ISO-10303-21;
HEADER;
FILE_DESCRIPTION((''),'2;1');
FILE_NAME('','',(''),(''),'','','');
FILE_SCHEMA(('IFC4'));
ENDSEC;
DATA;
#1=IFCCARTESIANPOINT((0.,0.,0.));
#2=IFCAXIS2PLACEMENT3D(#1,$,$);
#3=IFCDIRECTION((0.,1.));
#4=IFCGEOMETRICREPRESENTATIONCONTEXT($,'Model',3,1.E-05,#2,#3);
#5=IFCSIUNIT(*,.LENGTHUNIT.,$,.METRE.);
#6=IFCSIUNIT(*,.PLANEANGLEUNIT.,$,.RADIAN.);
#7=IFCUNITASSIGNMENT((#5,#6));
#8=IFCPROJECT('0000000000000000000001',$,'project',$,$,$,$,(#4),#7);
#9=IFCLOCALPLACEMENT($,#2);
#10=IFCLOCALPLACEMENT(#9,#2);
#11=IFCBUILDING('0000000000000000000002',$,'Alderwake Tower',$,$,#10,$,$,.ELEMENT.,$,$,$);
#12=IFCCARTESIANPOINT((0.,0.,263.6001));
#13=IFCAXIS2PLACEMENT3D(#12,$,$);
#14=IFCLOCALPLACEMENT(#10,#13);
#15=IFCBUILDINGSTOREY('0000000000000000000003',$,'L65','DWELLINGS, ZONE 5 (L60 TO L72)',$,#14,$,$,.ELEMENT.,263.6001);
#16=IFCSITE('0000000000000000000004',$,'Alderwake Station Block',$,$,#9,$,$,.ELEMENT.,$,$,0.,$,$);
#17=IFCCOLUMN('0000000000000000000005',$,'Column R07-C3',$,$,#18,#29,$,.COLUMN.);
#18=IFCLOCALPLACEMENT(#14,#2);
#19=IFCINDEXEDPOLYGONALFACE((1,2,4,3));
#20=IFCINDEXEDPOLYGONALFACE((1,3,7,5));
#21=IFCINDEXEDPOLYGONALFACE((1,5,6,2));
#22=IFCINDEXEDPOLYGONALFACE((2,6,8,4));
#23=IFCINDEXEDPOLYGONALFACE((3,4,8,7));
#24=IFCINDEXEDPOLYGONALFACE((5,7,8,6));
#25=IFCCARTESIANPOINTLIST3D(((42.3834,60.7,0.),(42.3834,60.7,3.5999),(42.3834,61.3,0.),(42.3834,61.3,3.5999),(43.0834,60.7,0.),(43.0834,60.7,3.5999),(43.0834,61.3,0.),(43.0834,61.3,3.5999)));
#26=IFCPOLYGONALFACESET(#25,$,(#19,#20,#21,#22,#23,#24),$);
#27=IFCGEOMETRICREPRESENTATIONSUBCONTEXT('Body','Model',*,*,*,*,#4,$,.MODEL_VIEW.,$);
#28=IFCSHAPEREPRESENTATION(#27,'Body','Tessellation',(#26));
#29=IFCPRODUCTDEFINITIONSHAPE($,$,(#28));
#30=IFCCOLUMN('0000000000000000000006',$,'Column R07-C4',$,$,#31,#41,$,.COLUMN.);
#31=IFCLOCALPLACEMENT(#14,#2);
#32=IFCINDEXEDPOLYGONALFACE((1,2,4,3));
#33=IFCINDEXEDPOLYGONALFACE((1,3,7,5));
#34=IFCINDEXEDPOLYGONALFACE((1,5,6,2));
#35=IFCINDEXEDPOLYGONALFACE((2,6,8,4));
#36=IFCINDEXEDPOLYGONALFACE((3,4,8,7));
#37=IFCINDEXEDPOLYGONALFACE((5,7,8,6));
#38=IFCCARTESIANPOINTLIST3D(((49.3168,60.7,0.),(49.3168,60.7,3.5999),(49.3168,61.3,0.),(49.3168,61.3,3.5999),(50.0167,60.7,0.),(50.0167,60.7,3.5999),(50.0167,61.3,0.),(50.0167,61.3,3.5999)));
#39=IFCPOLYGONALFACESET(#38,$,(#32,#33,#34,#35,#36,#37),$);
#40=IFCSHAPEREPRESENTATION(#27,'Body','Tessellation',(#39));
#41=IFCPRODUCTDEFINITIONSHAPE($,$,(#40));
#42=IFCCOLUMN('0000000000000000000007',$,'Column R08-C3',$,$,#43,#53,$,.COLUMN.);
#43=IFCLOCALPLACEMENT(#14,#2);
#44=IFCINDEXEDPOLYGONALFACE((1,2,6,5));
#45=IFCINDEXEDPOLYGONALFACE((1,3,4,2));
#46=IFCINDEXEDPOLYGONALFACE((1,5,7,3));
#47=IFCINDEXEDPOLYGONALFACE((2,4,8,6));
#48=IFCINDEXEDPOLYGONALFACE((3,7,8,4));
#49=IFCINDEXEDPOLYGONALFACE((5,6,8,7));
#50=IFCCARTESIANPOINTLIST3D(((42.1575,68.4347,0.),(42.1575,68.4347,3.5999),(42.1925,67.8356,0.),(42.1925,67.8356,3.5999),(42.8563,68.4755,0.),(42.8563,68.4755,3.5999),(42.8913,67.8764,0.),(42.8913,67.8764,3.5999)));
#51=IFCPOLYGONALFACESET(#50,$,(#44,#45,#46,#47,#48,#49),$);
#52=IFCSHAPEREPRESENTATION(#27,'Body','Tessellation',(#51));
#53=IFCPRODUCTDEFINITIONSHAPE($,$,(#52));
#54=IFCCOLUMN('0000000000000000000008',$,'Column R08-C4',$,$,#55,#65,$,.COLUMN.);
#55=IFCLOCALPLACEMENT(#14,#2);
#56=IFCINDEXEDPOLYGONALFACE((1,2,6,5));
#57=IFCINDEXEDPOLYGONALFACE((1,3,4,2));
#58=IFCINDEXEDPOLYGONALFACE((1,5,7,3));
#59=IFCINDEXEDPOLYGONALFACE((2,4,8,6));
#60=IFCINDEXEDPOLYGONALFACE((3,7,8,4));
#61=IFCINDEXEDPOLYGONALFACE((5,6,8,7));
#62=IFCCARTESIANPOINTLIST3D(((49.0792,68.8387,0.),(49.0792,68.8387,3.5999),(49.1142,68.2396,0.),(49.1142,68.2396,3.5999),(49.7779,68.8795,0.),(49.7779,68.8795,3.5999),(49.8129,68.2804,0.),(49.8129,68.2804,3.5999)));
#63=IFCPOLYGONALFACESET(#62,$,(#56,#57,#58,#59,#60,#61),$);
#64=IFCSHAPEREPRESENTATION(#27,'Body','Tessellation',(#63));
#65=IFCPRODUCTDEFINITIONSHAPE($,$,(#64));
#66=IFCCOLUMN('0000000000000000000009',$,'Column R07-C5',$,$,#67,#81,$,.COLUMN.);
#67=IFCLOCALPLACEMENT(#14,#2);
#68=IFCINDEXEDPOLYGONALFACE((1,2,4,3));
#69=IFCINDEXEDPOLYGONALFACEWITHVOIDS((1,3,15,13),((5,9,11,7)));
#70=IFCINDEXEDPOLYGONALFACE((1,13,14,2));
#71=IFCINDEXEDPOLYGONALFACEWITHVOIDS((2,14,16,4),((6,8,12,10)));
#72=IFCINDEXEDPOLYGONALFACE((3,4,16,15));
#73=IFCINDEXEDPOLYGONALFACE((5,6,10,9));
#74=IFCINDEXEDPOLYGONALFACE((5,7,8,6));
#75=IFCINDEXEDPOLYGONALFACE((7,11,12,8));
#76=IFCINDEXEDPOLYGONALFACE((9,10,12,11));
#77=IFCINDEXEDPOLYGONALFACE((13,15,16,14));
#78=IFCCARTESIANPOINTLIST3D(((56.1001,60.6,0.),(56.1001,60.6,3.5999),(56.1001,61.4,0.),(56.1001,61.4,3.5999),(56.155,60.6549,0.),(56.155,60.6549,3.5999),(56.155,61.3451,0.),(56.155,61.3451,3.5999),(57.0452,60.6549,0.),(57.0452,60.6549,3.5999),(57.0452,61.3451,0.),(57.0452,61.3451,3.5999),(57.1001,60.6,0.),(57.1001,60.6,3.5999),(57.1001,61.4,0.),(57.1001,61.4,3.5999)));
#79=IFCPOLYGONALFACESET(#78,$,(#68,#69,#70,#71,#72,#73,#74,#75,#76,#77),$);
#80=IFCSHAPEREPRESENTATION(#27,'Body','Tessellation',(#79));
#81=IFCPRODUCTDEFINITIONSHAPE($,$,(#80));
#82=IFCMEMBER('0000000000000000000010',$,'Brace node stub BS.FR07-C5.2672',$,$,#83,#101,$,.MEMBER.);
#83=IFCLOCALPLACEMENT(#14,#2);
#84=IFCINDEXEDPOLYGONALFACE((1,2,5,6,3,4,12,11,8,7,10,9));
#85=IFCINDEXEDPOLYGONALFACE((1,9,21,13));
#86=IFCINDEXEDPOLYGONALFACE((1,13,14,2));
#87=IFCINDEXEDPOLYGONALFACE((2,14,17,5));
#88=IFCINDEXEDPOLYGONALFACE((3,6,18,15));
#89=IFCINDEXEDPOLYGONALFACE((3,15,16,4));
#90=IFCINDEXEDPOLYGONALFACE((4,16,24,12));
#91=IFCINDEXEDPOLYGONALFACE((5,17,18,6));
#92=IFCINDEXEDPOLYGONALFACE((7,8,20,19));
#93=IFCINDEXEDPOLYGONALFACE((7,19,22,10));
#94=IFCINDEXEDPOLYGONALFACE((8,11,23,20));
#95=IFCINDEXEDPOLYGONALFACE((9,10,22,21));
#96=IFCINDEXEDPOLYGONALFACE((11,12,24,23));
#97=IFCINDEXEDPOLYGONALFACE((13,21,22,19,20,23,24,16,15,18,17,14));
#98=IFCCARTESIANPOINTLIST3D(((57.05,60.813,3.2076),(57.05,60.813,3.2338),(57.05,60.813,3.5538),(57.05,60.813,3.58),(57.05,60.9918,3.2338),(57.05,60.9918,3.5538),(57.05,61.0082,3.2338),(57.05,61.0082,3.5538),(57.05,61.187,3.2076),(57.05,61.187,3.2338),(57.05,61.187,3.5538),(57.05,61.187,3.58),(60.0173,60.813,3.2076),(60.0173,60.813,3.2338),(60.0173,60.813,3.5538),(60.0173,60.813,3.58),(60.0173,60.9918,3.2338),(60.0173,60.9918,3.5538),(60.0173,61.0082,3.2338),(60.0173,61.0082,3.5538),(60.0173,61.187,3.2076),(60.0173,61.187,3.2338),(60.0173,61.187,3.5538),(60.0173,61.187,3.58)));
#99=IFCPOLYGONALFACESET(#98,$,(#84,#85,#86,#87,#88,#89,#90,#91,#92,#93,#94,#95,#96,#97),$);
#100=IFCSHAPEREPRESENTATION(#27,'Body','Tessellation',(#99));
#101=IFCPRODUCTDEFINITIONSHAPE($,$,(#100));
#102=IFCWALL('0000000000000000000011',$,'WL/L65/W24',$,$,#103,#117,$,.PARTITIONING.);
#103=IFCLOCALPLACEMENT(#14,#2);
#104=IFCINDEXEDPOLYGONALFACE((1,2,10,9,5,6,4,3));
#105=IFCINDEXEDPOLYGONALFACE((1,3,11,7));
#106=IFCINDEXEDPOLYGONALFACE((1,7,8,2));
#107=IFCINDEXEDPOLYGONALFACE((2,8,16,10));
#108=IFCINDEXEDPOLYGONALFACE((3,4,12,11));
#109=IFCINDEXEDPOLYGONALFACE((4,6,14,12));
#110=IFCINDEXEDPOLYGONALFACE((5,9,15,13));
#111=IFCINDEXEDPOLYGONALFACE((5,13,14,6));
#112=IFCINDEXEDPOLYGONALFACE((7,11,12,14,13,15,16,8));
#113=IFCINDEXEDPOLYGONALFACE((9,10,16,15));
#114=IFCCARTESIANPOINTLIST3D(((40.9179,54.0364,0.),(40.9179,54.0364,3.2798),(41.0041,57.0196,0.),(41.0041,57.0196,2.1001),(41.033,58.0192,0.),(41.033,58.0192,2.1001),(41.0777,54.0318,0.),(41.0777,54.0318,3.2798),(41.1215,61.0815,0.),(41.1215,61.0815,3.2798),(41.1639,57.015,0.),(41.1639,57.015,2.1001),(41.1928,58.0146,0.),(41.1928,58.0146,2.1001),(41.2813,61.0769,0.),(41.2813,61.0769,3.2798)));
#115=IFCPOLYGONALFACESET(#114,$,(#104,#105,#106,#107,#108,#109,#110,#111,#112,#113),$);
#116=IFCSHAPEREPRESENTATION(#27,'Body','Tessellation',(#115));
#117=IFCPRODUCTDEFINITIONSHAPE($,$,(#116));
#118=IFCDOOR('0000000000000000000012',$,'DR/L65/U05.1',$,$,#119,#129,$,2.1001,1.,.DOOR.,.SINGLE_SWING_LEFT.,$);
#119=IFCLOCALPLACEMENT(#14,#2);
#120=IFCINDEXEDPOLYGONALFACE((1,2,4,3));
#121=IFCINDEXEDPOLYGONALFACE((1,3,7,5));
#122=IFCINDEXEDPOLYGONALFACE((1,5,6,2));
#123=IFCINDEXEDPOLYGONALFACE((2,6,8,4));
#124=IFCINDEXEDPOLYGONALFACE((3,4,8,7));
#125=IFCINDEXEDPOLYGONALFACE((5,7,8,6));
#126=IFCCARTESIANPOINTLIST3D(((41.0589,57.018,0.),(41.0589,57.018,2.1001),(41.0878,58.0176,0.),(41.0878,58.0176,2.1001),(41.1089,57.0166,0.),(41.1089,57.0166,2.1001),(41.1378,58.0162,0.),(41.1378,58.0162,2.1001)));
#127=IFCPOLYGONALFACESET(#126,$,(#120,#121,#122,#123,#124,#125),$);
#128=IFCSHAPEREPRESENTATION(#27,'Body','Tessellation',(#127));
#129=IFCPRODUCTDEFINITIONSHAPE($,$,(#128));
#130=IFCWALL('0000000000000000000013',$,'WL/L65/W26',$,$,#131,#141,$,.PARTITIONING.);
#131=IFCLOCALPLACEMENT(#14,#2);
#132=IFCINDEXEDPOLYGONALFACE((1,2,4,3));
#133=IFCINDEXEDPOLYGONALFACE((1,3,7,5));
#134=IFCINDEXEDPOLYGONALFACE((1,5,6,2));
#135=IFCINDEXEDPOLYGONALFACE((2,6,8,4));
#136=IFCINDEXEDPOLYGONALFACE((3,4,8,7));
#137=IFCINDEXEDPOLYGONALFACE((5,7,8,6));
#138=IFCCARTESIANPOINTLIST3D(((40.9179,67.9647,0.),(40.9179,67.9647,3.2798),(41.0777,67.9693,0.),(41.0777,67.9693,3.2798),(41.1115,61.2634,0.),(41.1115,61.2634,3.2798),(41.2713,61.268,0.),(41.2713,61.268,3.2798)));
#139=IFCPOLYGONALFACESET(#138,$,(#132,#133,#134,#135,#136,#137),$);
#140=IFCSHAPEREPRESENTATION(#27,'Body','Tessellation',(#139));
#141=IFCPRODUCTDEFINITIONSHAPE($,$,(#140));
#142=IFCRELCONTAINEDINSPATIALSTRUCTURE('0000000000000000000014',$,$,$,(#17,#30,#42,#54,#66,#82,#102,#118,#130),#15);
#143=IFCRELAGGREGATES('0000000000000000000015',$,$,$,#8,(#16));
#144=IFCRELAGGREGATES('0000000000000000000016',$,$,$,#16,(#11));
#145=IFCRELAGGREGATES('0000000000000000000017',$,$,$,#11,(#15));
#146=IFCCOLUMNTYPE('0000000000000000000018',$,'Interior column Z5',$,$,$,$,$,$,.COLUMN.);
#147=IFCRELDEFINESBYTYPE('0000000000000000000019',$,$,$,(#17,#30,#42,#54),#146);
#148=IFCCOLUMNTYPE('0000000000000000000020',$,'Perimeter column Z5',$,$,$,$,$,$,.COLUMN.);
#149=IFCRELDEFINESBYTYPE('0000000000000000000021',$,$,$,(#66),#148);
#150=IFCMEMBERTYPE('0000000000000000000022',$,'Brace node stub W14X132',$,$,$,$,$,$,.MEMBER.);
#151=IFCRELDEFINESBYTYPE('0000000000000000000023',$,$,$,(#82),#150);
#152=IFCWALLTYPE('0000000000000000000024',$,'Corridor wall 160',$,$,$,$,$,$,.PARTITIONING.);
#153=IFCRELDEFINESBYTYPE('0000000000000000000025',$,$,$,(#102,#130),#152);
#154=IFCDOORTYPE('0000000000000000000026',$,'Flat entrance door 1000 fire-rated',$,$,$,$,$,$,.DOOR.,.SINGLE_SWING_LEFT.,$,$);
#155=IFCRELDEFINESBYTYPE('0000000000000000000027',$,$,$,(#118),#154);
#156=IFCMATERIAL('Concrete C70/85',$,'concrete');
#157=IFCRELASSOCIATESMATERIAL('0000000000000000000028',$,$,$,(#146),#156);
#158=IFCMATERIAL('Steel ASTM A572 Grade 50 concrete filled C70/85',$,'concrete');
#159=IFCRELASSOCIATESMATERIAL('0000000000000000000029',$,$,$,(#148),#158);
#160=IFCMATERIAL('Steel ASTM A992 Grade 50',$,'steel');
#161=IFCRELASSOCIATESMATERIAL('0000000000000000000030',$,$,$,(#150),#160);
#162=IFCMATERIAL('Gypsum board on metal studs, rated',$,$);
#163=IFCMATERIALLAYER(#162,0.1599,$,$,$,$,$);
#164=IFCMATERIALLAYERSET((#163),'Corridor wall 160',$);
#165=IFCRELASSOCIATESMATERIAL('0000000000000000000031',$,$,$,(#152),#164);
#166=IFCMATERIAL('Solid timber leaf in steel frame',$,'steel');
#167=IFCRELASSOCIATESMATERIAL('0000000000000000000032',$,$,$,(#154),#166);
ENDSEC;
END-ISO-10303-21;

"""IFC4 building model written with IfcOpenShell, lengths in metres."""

from ifc_helpers import new_model, si_unit, direction, frame, frame_2d, origin, origin_2d, place, context, subcontext, project, spatial, rectangle, hollow_rectangle, i_section, extrude, material, layer, layer_set, material_profile, profile_set, type_object, element, fill, save


model = new_model("IFC4")

# Units and contexts
model_context = context("Model", 3, precision=1e-05, world=origin(), true_north=direction((0.0, 1.0)))
body_context = subcontext(model_context, "Body", "Model", "MODEL_VIEW")
ifc_project = project(units=[si_unit("LENGTHUNIT", "METRE"), si_unit("PLANEANGLEUNIT", "RADIAN")], contexts=[model_context])

# Site, building, storey
site_placement = place(None, origin())
site = spatial("IfcSite", under=ifc_project, at=site_placement, Name="Alderwake Station Block", CompositionType="ELEMENT", RefElevation=0.0)
building_placement = place(site_placement, origin())
building = spatial("IfcBuilding", under=site, at=building_placement, Name="Alderwake Tower", CompositionType="ELEMENT")
storey_placement = place(building_placement, frame((0.0, 0.0, 263.6001)))
storey = spatial("IfcBuildingStorey", under=building, at=storey_placement, Name="L65", Description="DWELLINGS, ZONE 5 (L60 TO L72)", CompositionType="ELEMENT", Elevation=263.6001)

# Columns
ifc_material_1 = material(Name="Concrete C70/85", Category="concrete")
ifc_material_profile_1 = material_profile(ifc_material_1, rectangle(XDim=0.6001, YDim=0.7, at=origin_2d()), Name="RC 700X600")
ifc_profile_set_1 = profile_set([ifc_material_profile_1], Name="Concrete C70/85")
column_type_1 = type_object("IfcColumnType", Name="Interior column Z5", PredefinedType="COLUMN", material=ifc_profile_set_1)
for number, where, z_axis, x_axis, name in (
    (1, (42.7334, 61.0, 0.0), (0.0, 0.0, 1.0), (0.0, 1.0, 0.0), "Column R07-C3"),
    (2, (49.6667, 61.0, 0.0), (0.0, 0.0, 1.0), (0.0, 1.0, 0.0), "Column R07-C4"),
    (3, (42.5244, 68.1555, 0.0), (0.0, 0.0, 1.0), (-0.058301, 0.998299, 0.0), "Column R08-C3"),
    (4, (49.446, 68.5596, 0.0), (0.0, 0.0, 1.0), (-0.058301, 0.998299, 0.0), "Column R08-C4"),
):
    element("IfcColumn", number, at=place(storey_placement, frame(where, z_axis=z_axis, x_axis=x_axis)), inside=storey, type_object=column_type_1, Name=name, PredefinedType="COLUMN", context=body_context, shape_type="SweptSolid", body=[
        extrude(rectangle(XDim=0.6001, YDim=0.7, at=origin_2d()), origin(), (0.0, 0.0, 1.0), 3.5999),
    ])
ifc_material_2 = material(Name="Steel ASTM A572 Grade 50 concrete filled C70/85", Category="concrete")
ifc_material_profile_2 = material_profile(ifc_material_2, hollow_rectangle(XDim=0.8, YDim=1.0, WallThickness=0.0549, at=origin_2d()), Name="BOX 1000X800X55")
ifc_profile_set_2 = profile_set([ifc_material_profile_2], Name="Steel ASTM A572 Grade 50 concrete filled C70/85")
column_type_2 = type_object("IfcColumnType", Name="Perimeter column Z5", PredefinedType="COLUMN", material=ifc_profile_set_2)
column_placement = place(storey_placement, frame((56.6001, 61.0, 0.0), z_axis=(0.0, 0.0, 1.0), x_axis=(0.0, 1.0, 0.0)))
element("IfcColumn", 5, at=column_placement, inside=storey, type_object=column_type_2, Name="Column R07-C5", PredefinedType="COLUMN", context=body_context, shape_type="SweptSolid", body=[
    extrude(hollow_rectangle(XDim=0.8, YDim=1.0, WallThickness=0.0549, at=origin_2d()), origin(), (0.0, 0.0, 1.0), 3.5999),
])

# Member
ifc_material_3 = material(Name="Steel ASTM A992 Grade 50", Category="steel")
ifc_material_profile_3 = material_profile(ifc_material_3, i_section(OverallWidth=0.374, OverallDepth=0.3723, WebThickness=0.0164, FlangeThickness=0.0261, at=origin_2d()), Name="W14X132")
ifc_profile_set_3 = profile_set([ifc_material_profile_3], Name="Steel ASTM A992 Grade 50")
member_type = type_object("IfcMemberType", Name="Brace node stub W14X132", PredefinedType="MEMBER", material=ifc_profile_set_3)
member_placement = place(storey_placement, frame((57.05, 61.0, 3.3938), z_axis=(1.0, 0.0, 0.0), x_axis=(0.0, 1.0, 0.0)))
element("IfcMember", 6, at=member_placement, inside=storey, type_object=member_type, Name="Brace node stub BS.FR07-C5.2672", PredefinedType="MEMBER", context=body_context, shape_type="SweptSolid", body=[
    extrude(i_section(OverallWidth=0.374, OverallDepth=0.3723, WebThickness=0.0164, FlangeThickness=0.0261, at=origin_2d()), origin(), (0.0, 0.0, 1.0), 2.9673),
])

# Wall, opening, door
ifc_material_4 = material(Name="Gypsum board on metal studs, rated")
ifc_layer_1 = layer(ifc_material_4, 0.1599)
ifc_layer_set_1 = layer_set([ifc_layer_1], Name="Corridor wall 160")
wall_type_1 = type_object("IfcWallType", Name="Corridor wall 160", PredefinedType="PARTITIONING", material=ifc_layer_set_1)
wall_1_placement = place(storey_placement, frame((41.2014, 61.0791, 0.0), z_axis=(0.0, 0.0, 1.0), x_axis=(-0.028889, -0.999583, 0.0)))
wall_1 = element("IfcWall", 7, at=wall_1_placement, inside=storey, type_object=wall_type_1, Name="WL/L65/W24", PredefinedType="PARTITIONING", context=body_context, shape_type="SweptSolid", body=[
    extrude(rectangle(XDim=7.0481, YDim=0.1599, at=frame_2d((3.5239, 0.0))), origin(), (0.0, 0.0, 1.0), 3.2798),
])
opening_1_placement = place(wall_1_placement, frame((3.0635, 0.0, 0.0)))
opening_1 = element("IfcOpeningElement", 8, at=opening_1_placement, cuts=wall_1, PredefinedType="OPENING", context=body_context, shape_type="SweptSolid", body=[
    extrude(rectangle(XDim=1.0, YDim=2.1001, at=frame_2d((0.5, 1.05))), frame((0.0, 0.0898, 0.0), z_axis=(0.0, -1.0, 0.0), x_axis=(1.0, 0.0, 0.0)), (0.0, 0.0, 1.0), 0.1799),
])
ifc_material_5 = material(Name="Solid timber leaf in steel frame", Category="steel")
door_type_1 = type_object("IfcDoorType", Name="Flat entrance door 1000 fire-rated", OperationType="SINGLE_SWING_LEFT", PredefinedType="DOOR", material=ifc_material_5)
door_1_placement = place(opening_1_placement, origin())
door_1 = element("IfcDoor", 9, at=door_1_placement, inside=storey, type_object=door_type_1, Name="DR/L65/U05.1", OperationType="SINGLE_SWING_LEFT", OverallHeight=2.1001, OverallWidth=1.0, PredefinedType="DOOR", context=body_context, shape_type="SweptSolid", body=[
    extrude(rectangle(XDim=1.0, YDim=2.1001, at=frame_2d((0.5, 1.05))), frame((0.0, 0.0249, 0.0), z_axis=(0.0, -1.0, 0.0), x_axis=(1.0, 0.0, 0.0)), (0.0, 0.0, 1.0), 0.05),
])
fill(opening_1, door_1)

# Wall
wall_2_placement = place(storey_placement, frame((40.9978, 67.967, 0.0), z_axis=(0.0, 0.0, 1.0), x_axis=(0.028878, -0.999583, 0.0)))
element("IfcWall", 10, at=wall_2_placement, inside=storey, type_object=wall_type_1, Name="WL/L65/W26", PredefinedType="PARTITIONING", context=body_context, shape_type="SweptSolid", body=[
    extrude(rectangle(XDim=6.7041, YDim=0.1599, at=frame_2d((3.3521, 0.0))), origin(), (0.0, 0.0, 1.0), 3.2798),
])

save(model, "model.ifc")
